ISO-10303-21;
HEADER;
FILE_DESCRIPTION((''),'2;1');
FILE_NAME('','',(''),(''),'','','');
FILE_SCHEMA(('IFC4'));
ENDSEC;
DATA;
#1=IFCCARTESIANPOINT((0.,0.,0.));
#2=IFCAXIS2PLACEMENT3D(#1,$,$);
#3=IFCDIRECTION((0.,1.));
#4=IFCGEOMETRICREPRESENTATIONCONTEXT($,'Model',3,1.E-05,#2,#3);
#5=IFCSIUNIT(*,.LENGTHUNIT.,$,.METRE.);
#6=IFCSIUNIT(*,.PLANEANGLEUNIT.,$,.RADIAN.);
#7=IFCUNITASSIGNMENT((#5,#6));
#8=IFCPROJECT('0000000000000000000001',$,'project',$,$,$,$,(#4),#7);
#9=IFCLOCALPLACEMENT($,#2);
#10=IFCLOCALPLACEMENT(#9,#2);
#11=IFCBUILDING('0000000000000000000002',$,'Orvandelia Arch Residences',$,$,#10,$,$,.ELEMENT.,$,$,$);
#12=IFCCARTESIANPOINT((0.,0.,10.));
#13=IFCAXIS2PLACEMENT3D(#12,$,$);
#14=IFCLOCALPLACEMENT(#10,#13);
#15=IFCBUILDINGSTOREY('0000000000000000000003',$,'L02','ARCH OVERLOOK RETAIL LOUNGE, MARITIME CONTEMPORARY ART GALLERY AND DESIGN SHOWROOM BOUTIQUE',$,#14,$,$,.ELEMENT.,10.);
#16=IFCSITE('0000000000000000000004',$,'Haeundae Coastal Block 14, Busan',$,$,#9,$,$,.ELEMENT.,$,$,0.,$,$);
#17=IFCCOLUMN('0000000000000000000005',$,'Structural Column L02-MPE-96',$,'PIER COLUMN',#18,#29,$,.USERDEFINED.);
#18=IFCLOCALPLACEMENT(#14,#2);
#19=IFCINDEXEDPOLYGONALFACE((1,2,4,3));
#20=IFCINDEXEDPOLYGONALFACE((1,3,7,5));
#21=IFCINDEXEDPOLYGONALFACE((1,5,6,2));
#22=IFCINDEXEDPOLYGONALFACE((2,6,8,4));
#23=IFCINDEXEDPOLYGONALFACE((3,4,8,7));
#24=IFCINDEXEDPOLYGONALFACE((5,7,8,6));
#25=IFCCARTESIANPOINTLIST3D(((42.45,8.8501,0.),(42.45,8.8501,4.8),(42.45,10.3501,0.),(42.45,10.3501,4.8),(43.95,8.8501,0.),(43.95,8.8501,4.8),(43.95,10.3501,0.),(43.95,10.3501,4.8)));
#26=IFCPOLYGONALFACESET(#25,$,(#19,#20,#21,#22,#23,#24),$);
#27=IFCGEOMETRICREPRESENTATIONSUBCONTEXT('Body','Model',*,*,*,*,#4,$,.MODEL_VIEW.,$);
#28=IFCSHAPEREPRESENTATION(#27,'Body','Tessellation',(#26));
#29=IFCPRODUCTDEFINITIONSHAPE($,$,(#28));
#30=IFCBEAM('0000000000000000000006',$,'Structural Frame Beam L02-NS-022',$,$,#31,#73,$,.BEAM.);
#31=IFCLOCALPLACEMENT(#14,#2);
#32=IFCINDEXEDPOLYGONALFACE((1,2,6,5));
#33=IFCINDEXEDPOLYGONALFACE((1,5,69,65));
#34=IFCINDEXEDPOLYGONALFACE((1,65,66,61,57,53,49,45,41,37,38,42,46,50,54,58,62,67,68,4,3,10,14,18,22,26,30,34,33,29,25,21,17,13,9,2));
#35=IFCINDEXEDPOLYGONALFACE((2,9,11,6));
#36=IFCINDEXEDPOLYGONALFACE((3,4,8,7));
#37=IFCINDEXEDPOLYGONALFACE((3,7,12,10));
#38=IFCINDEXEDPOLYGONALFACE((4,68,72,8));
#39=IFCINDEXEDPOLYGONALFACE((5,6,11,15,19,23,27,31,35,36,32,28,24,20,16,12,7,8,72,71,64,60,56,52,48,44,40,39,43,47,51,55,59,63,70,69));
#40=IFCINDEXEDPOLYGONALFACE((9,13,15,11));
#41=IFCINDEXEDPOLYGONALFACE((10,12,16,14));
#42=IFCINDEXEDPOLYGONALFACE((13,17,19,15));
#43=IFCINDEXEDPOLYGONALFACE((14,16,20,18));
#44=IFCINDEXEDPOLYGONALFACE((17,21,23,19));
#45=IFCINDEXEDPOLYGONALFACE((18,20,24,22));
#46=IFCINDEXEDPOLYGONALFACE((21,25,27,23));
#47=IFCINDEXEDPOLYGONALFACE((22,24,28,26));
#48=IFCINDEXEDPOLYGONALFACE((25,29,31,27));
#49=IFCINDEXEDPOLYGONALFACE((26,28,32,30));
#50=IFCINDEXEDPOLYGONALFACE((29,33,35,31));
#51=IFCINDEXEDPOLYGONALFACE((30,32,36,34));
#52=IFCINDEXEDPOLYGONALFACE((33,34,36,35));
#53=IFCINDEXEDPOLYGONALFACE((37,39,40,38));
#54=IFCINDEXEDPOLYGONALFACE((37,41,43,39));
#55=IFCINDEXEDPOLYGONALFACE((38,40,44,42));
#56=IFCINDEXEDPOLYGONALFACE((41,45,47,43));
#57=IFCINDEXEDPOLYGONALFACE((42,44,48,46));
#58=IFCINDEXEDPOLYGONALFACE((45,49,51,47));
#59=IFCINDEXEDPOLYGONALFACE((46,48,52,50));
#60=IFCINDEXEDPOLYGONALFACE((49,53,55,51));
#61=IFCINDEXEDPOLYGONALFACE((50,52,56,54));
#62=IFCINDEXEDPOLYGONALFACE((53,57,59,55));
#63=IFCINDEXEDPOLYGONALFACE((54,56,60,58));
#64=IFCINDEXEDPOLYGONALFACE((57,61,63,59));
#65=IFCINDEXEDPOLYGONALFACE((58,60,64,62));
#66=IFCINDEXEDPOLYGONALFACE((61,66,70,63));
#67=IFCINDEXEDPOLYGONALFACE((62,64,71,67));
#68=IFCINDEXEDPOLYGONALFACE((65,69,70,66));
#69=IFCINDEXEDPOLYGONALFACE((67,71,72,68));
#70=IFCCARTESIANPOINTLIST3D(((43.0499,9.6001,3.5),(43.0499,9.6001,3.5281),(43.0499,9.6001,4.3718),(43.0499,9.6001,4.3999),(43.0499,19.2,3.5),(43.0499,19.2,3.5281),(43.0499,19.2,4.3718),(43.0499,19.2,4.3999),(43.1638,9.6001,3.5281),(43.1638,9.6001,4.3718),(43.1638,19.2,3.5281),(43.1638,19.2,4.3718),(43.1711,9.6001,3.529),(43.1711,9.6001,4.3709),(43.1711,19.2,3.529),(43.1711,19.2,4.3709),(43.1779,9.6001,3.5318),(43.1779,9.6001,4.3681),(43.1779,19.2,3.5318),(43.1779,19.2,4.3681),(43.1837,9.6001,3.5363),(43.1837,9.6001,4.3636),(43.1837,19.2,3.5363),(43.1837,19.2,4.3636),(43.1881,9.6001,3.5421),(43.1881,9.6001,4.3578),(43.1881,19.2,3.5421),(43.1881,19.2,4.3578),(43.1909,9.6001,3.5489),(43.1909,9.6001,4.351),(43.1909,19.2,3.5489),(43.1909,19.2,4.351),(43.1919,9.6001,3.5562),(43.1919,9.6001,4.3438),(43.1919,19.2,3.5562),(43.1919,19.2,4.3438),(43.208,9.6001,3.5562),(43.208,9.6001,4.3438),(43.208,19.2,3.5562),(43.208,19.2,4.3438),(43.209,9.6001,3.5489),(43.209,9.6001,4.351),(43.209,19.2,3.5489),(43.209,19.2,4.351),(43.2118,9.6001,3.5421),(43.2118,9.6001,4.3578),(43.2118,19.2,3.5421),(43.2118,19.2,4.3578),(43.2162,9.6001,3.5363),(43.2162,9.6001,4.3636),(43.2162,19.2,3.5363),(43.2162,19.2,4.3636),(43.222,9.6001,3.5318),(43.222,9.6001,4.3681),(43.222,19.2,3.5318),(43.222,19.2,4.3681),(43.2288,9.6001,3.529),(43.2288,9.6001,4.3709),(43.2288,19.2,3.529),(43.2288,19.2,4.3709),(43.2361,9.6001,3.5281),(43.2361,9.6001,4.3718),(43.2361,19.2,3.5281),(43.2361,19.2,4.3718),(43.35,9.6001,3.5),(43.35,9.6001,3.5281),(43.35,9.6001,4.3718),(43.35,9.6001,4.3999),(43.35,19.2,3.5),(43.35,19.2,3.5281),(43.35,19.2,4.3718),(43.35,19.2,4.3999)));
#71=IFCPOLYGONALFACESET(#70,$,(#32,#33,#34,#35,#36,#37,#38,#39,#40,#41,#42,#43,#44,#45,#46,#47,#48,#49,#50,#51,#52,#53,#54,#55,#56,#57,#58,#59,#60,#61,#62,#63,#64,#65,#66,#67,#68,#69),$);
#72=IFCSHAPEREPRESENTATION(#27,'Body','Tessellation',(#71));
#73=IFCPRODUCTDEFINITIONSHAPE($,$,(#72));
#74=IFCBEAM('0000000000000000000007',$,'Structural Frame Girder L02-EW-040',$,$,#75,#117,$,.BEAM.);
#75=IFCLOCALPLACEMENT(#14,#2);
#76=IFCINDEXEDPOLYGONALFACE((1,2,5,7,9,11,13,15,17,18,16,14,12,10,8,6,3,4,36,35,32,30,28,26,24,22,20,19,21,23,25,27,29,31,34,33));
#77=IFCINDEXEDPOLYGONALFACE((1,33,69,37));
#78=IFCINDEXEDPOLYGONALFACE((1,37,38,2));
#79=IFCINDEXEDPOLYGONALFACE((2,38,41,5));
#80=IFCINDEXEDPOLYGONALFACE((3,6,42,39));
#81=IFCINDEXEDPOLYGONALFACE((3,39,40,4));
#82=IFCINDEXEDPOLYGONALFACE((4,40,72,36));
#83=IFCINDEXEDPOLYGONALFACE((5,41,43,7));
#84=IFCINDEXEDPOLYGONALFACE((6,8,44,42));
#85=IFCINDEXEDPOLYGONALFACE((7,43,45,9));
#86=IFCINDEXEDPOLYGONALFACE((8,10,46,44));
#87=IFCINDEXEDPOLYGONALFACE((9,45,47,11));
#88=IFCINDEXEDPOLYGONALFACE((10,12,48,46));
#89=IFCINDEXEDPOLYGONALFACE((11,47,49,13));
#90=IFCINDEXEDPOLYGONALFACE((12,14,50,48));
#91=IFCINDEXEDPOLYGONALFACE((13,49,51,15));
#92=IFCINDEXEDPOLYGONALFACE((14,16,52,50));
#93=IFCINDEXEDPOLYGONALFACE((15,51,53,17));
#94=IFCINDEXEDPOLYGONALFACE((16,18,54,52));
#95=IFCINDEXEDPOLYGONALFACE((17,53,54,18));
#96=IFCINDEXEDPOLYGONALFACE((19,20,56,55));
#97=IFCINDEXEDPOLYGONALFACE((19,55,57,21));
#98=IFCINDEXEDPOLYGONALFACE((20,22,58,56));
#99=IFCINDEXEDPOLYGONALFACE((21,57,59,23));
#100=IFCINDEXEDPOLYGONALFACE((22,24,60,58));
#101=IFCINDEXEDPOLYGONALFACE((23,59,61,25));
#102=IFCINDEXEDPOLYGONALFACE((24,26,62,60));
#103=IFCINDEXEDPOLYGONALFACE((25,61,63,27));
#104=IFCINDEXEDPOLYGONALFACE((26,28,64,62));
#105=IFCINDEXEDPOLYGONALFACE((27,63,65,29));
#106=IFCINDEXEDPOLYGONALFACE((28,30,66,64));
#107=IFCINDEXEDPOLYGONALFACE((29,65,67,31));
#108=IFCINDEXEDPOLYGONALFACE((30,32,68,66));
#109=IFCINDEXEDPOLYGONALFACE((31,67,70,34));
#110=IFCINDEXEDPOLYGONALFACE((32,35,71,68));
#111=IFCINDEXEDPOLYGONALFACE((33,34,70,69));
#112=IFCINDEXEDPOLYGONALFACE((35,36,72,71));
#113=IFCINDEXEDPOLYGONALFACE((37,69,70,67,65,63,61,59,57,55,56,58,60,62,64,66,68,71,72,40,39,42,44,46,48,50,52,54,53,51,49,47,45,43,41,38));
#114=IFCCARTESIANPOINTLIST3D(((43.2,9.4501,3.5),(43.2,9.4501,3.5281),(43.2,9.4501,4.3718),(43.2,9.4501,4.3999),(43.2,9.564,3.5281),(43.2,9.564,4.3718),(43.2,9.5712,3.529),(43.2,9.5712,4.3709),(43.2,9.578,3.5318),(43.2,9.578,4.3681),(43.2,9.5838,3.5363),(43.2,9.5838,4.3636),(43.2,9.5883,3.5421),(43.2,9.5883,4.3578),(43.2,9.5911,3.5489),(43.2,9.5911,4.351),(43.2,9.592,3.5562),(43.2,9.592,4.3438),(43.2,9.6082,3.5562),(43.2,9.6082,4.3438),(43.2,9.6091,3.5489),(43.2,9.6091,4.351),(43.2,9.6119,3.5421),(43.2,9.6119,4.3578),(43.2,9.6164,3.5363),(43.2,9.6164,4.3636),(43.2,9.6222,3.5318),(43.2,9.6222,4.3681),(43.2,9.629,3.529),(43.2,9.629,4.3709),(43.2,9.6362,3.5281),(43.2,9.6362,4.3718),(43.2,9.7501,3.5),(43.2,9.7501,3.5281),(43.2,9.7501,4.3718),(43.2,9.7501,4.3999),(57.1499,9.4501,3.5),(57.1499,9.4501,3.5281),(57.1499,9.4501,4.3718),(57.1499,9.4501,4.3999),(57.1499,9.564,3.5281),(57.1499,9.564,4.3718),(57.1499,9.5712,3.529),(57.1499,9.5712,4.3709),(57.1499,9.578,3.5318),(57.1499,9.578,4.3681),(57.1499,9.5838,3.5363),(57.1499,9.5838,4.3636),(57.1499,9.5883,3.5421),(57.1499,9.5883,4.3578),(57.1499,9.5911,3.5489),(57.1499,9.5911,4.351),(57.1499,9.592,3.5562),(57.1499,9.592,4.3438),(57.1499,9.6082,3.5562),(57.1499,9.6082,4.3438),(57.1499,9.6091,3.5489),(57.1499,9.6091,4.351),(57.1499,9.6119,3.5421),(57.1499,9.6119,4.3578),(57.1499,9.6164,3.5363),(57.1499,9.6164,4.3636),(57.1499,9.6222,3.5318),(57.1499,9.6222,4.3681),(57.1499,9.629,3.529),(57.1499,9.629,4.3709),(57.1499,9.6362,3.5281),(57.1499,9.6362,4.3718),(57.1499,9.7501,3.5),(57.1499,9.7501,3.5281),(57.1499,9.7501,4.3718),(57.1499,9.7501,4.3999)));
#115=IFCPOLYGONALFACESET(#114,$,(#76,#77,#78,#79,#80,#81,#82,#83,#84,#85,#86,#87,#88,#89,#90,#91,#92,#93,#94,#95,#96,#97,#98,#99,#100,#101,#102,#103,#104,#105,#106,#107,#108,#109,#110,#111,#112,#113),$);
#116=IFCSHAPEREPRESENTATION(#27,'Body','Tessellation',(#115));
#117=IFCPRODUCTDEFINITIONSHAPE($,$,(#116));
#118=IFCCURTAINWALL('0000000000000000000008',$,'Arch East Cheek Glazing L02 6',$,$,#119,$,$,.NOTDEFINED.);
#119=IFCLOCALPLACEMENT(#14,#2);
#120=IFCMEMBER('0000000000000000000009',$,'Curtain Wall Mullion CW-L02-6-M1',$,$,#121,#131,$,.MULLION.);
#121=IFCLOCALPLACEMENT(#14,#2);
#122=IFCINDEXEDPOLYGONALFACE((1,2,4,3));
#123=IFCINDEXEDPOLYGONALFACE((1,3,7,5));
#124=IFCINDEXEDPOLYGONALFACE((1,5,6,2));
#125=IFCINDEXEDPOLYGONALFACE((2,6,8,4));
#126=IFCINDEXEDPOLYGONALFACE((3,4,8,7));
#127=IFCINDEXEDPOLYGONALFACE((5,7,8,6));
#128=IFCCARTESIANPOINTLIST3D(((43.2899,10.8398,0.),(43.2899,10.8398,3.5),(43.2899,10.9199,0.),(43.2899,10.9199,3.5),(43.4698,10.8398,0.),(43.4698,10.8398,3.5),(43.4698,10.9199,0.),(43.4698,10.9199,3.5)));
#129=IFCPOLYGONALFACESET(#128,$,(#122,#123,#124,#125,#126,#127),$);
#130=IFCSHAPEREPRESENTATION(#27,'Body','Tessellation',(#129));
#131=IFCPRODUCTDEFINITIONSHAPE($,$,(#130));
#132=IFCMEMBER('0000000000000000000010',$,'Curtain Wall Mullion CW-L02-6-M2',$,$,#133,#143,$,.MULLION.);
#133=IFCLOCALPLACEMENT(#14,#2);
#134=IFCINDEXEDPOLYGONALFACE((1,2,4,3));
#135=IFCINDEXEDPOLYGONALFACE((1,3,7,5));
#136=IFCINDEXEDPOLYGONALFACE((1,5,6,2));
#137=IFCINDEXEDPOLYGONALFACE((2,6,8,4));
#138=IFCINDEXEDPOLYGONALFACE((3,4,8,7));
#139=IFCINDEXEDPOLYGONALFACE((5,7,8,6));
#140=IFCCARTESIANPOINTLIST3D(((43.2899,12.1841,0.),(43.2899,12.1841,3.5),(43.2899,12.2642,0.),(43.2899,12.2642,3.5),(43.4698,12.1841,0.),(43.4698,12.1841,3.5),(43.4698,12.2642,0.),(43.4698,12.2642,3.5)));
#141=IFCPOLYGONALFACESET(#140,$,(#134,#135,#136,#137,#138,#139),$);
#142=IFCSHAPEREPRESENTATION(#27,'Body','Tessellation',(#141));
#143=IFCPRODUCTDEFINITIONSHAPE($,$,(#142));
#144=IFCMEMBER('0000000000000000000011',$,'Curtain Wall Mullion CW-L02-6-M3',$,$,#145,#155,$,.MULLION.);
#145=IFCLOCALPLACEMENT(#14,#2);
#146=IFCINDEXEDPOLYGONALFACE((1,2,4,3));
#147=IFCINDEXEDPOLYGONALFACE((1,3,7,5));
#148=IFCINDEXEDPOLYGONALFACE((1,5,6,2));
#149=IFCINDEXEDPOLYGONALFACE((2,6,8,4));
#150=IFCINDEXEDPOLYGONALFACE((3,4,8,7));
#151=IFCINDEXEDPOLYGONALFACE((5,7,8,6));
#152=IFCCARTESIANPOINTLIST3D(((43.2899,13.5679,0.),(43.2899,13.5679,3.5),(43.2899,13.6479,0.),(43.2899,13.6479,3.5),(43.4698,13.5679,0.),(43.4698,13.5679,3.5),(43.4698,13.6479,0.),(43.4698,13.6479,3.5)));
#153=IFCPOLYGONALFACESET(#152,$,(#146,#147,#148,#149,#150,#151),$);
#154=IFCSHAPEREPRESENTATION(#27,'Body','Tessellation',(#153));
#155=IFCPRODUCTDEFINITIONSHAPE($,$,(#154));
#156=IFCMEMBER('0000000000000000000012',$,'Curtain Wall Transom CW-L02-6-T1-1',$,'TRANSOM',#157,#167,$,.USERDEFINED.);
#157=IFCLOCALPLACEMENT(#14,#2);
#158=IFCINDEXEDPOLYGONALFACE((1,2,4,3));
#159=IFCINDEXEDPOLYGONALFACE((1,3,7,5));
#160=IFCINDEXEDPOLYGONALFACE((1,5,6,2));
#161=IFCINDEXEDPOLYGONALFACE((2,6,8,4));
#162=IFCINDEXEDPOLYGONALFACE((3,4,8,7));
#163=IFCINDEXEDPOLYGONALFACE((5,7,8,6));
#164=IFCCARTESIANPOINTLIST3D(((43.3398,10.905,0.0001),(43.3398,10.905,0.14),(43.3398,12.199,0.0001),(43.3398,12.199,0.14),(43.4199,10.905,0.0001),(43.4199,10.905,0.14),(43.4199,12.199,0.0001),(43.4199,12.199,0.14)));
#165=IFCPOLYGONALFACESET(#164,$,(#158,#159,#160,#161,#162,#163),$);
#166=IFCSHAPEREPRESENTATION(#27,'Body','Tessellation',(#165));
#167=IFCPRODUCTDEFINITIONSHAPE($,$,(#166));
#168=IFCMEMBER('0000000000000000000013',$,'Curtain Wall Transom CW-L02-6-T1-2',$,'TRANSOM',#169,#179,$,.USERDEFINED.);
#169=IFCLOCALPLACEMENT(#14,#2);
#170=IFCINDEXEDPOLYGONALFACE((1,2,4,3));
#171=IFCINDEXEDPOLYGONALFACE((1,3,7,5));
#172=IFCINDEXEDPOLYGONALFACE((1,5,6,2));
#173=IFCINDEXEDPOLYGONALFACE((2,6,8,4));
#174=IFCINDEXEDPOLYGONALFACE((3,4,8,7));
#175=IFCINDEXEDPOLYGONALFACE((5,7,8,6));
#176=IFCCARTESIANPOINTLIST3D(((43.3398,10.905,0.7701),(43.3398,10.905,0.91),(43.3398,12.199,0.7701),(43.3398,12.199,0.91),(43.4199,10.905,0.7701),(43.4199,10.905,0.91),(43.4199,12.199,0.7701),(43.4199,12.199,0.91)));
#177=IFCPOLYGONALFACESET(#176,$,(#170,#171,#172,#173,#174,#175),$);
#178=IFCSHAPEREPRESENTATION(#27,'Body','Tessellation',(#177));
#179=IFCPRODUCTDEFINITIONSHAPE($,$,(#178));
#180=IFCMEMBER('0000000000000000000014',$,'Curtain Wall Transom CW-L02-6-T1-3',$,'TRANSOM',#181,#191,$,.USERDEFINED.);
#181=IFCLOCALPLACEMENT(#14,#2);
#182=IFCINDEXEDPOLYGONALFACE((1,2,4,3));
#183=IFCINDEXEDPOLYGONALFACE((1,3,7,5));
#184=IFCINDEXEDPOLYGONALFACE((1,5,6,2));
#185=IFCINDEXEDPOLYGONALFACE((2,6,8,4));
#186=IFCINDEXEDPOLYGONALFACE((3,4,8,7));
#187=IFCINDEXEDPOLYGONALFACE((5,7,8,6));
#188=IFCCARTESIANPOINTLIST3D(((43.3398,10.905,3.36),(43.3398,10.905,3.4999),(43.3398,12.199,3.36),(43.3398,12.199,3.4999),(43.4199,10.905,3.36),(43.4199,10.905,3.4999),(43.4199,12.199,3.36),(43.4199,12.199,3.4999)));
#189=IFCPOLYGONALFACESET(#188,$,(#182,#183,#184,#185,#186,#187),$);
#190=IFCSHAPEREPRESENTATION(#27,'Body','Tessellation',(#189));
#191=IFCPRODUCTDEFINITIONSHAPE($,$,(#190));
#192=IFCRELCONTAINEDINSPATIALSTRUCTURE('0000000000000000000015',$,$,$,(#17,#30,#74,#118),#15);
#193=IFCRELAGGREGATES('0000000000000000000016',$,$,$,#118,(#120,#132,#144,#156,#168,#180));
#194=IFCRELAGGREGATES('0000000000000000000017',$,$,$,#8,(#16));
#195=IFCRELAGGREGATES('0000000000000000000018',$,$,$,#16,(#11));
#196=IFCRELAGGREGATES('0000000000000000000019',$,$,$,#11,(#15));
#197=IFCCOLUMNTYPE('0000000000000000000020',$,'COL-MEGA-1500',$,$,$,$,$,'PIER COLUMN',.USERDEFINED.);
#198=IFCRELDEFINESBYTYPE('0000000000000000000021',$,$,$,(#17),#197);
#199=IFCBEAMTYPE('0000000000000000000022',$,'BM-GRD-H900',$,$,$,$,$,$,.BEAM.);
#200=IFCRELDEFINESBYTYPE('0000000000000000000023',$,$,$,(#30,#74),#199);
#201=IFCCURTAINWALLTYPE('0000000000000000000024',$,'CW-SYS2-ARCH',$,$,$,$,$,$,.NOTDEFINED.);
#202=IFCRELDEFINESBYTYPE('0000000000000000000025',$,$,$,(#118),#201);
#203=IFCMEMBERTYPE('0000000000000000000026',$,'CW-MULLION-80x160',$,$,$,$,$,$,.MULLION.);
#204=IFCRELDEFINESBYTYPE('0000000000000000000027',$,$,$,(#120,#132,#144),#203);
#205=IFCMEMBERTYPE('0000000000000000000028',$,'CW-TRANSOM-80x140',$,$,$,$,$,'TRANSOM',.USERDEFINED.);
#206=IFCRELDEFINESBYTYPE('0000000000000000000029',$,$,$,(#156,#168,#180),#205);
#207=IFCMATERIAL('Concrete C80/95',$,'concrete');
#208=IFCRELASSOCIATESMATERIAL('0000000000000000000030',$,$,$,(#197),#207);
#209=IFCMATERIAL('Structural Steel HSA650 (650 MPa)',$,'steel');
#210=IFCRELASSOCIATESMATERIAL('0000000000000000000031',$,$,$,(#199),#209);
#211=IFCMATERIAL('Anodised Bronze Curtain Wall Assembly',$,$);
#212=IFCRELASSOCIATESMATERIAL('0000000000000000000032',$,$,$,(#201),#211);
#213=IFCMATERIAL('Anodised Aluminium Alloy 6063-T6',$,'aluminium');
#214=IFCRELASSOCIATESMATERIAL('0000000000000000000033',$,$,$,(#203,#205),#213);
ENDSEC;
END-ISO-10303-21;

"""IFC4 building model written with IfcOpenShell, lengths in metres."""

from ifc_helpers import new_model, si_unit, direction, frame, origin, origin_2d, place, context, subcontext, project, spatial, rectangle, i_section, extrude, material, material_profile, profile_set, type_object, element, aggregate, save


model = new_model("IFC4")

# Units and contexts
model_context = context("Model", 3, precision=1e-05, world=origin(), true_north=direction((0.0, 1.0)))
body_context = subcontext(model_context, "Body", "Model", "MODEL_VIEW")
ifc_project = project(units=[si_unit("LENGTHUNIT", "METRE"), si_unit("PLANEANGLEUNIT", "RADIAN")], contexts=[model_context])

# Site, building, storey
site_placement = place(None, origin())
site = spatial("IfcSite", under=ifc_project, at=site_placement, Name="Haeundae Coastal Block 14, Busan", CompositionType="ELEMENT", RefElevation=0.0)
building_placement = place(site_placement, origin())
building = spatial("IfcBuilding", under=site, at=building_placement, Name="Orvandelia Arch Residences", CompositionType="ELEMENT")
storey_placement = place(building_placement, frame((0.0, 0.0, 10.0)))
storey = spatial("IfcBuildingStorey", under=building, at=storey_placement, Name="L02", Description="ARCH OVERLOOK RETAIL LOUNGE, MARITIME CONTEMPORARY ART GALLERY AND DESIGN SHOWROOM BOUTIQUE", CompositionType="ELEMENT", Elevation=10.0)

# Column
ifc_material_1 = material(Name="Concrete C80/95", Category="concrete")
ifc_material_profile_1 = material_profile(ifc_material_1, rectangle(XDim=1.5, YDim=1.5, at=origin_2d()), Name="Concrete C80/95", Category="concrete")
ifc_profile_set_1 = profile_set([ifc_material_profile_1], Name="Concrete C80/95")
column_type = type_object("IfcColumnType", Name="COL-MEGA-1500", ElementType="PIER COLUMN", PredefinedType="USERDEFINED", material=ifc_profile_set_1)
column_placement = place(storey_placement, frame((43.2, 9.6001, 0.0), z_axis=(0.0, 0.0, 1.0), x_axis=(1.0, 0.0, 0.0)))
element("IfcColumn", 1, at=column_placement, inside=storey, type_object=column_type, Name="Structural Column L02-MPE-96", ObjectType="PIER COLUMN", PredefinedType="USERDEFINED", context=body_context, shape_type="SweptSolid", body=[
    extrude(rectangle(XDim=1.5, YDim=1.5, at=origin_2d()), origin(), (0.0, 0.0, 1.0), 4.8),
])

# Beams
ifc_material_2 = material(Name="Structural Steel HSA650 (650 MPa)", Category="steel")
ifc_material_profile_2 = material_profile(ifc_material_2, i_section(OverallWidth=0.3, OverallDepth=0.8999, WebThickness=0.0161, FlangeThickness=0.0281, FilletRadius=0.0281, at=origin_2d()), Name="Structural Steel HSA650 (650 MPa)", Category="steel")
ifc_profile_set_2 = profile_set([ifc_material_profile_2], Name="Structural Steel HSA650 (650 MPa)")
beam_type = type_object("IfcBeamType", Name="BM-GRD-H900", PredefinedType="BEAM", material=ifc_profile_set_2)
beam_1_placement = place(storey_placement, frame((43.2, 9.6001, 3.95), z_axis=(0.0, 1.0, 0.0), x_axis=(-1.0, 0.0, 0.0)))
element("IfcBeam", 2, at=beam_1_placement, inside=storey, type_object=beam_type, Name="Structural Frame Beam L02-NS-022", PredefinedType="BEAM", context=body_context, shape_type="SweptSolid", body=[
    extrude(i_section(OverallWidth=0.3, OverallDepth=0.8999, WebThickness=0.0161, FlangeThickness=0.0281, FilletRadius=0.0281, at=origin_2d()), origin(), (0.0, 0.0, 1.0), 9.5999),
])
beam_2_placement = place(storey_placement, frame((43.2, 9.6001, 3.95), z_axis=(1.0, 0.0, 0.0), x_axis=(0.0, 1.0, 0.0)))
element("IfcBeam", 3, at=beam_2_placement, inside=storey, type_object=beam_type, Name="Structural Frame Girder L02-EW-040", PredefinedType="BEAM", context=body_context, shape_type="SweptSolid", body=[
    extrude(i_section(OverallWidth=0.3, OverallDepth=0.8999, WebThickness=0.0161, FlangeThickness=0.0281, FilletRadius=0.0281, at=origin_2d()), origin(), (0.0, 0.0, 1.0), 13.95),
])

# Curtain wall, members
ifc_material_3 = material(Name="Anodised Bronze Curtain Wall Assembly")
curtain_wall_type = type_object("IfcCurtainWallType", Name="CW-SYS2-ARCH", PredefinedType="NOTDEFINED", material=ifc_material_3)
curtain_wall_placement = place(storey_placement, origin())
curtain_wall = element("IfcCurtainWall", 4, at=curtain_wall_placement, inside=storey, type_object=curtain_wall_type, Name="Arch East Cheek Glazing L02 6", PredefinedType="NOTDEFINED")
ifc_material_4 = material(Name="Anodised Aluminium Alloy 6063-T6", Category="aluminium")
ifc_material_profile_3 = material_profile(ifc_material_4, rectangle(XDim=0.0801, YDim=0.1799, at=origin_2d()), Name="Anodised Aluminium Alloy 6063-T6", Category="aluminium")
ifc_profile_set_3 = profile_set([ifc_material_profile_3], Name="Anodised Aluminium Alloy 6063-T6")
member_type_1 = type_object("IfcMemberType", Name="CW-MULLION-80x160", PredefinedType="MULLION", material=ifc_profile_set_3)
member_1_placement = place(storey_placement, frame((43.3799, 10.8799, 0.0), z_axis=(0.0, 0.0, 1.0), x_axis=(0.0, 1.0, 0.0)))
member_1 = element("IfcMember", 5, at=member_1_placement, type_object=member_type_1, Name="Curtain Wall Mullion CW-L02-6-M1", PredefinedType="MULLION", context=body_context, shape_type="SweptSolid", body=[
    extrude(rectangle(XDim=0.0801, YDim=0.1799, at=origin_2d()), origin(), (0.0, 0.0, 1.0), 3.5),
])
member_2_placement = place(storey_placement, frame((43.3799, 12.2241, 0.0), z_axis=(0.0, 0.0, 1.0), x_axis=(0.0, 1.0, 0.0)))
member_2 = element("IfcMember", 6, at=member_2_placement, type_object=member_type_1, Name="Curtain Wall Mullion CW-L02-6-M2", PredefinedType="MULLION", context=body_context, shape_type="SweptSolid", body=[
    extrude(rectangle(XDim=0.0801, YDim=0.1799, at=origin_2d()), origin(), (0.0, 0.0, 1.0), 3.5),
])
member_3_placement = place(storey_placement, frame((43.3799, 13.6079, 0.0), z_axis=(0.0, 0.0, 1.0), x_axis=(0.0, 1.0, 0.0)))
member_3 = element("IfcMember", 7, at=member_3_placement, type_object=member_type_1, Name="Curtain Wall Mullion CW-L02-6-M3", PredefinedType="MULLION", context=body_context, shape_type="SweptSolid", body=[
    extrude(rectangle(XDim=0.0801, YDim=0.1799, at=origin_2d()), origin(), (0.0, 0.0, 1.0), 3.5),
])
ifc_material_profile_4 = material_profile(ifc_material_4, rectangle(XDim=0.0801, YDim=0.1399, at=origin_2d()), Name="Anodised Aluminium Alloy 6063-T6", Category="aluminium")
ifc_profile_set_4 = profile_set([ifc_material_profile_4], Name="Anodised Aluminium Alloy 6063-T6")
member_type_2 = type_object("IfcMemberType", Name="CW-TRANSOM-80x140", ElementType="TRANSOM", PredefinedType="USERDEFINED", material=ifc_profile_set_4)
member_4_placement = place(storey_placement, frame((43.3799, 10.905, 0.0701), z_axis=(0.0, 1.0, 0.0), x_axis=(-1.0, 0.0, 0.0)))
member_4 = element("IfcMember", 8, at=member_4_placement, type_object=member_type_2, Name="Curtain Wall Transom CW-L02-6-T1-1", ObjectType="TRANSOM", PredefinedType="USERDEFINED", context=body_context, shape_type="SweptSolid", body=[
    extrude(rectangle(XDim=0.0801, YDim=0.1399, at=origin_2d()), origin(), (0.0, 0.0, 1.0), 1.2939),
])
member_5_placement = place(storey_placement, frame((43.3799, 10.905, 0.8401), z_axis=(0.0, 1.0, 0.0), x_axis=(-1.0, 0.0, 0.0)))
member_5 = element("IfcMember", 9, at=member_5_placement, type_object=member_type_2, Name="Curtain Wall Transom CW-L02-6-T1-2", ObjectType="TRANSOM", PredefinedType="USERDEFINED", context=body_context, shape_type="SweptSolid", body=[
    extrude(rectangle(XDim=0.0801, YDim=0.1399, at=origin_2d()), origin(), (0.0, 0.0, 1.0), 1.2939),
])
member_6_placement = place(storey_placement, frame((43.3799, 10.905, 3.4299), z_axis=(0.0, 1.0, 0.0), x_axis=(-1.0, 0.0, 0.0)))
member_6 = element("IfcMember", 10, at=member_6_placement, type_object=member_type_2, Name="Curtain Wall Transom CW-L02-6-T1-3", ObjectType="TRANSOM", PredefinedType="USERDEFINED", context=body_context, shape_type="SweptSolid", body=[
    extrude(rectangle(XDim=0.0801, YDim=0.1399, at=origin_2d()), origin(), (0.0, 0.0, 1.0), 1.2939),
])
aggregate(curtain_wall, [member_1, member_2, member_3, member_4, member_5, member_6])

save(model, "model.ifc")
